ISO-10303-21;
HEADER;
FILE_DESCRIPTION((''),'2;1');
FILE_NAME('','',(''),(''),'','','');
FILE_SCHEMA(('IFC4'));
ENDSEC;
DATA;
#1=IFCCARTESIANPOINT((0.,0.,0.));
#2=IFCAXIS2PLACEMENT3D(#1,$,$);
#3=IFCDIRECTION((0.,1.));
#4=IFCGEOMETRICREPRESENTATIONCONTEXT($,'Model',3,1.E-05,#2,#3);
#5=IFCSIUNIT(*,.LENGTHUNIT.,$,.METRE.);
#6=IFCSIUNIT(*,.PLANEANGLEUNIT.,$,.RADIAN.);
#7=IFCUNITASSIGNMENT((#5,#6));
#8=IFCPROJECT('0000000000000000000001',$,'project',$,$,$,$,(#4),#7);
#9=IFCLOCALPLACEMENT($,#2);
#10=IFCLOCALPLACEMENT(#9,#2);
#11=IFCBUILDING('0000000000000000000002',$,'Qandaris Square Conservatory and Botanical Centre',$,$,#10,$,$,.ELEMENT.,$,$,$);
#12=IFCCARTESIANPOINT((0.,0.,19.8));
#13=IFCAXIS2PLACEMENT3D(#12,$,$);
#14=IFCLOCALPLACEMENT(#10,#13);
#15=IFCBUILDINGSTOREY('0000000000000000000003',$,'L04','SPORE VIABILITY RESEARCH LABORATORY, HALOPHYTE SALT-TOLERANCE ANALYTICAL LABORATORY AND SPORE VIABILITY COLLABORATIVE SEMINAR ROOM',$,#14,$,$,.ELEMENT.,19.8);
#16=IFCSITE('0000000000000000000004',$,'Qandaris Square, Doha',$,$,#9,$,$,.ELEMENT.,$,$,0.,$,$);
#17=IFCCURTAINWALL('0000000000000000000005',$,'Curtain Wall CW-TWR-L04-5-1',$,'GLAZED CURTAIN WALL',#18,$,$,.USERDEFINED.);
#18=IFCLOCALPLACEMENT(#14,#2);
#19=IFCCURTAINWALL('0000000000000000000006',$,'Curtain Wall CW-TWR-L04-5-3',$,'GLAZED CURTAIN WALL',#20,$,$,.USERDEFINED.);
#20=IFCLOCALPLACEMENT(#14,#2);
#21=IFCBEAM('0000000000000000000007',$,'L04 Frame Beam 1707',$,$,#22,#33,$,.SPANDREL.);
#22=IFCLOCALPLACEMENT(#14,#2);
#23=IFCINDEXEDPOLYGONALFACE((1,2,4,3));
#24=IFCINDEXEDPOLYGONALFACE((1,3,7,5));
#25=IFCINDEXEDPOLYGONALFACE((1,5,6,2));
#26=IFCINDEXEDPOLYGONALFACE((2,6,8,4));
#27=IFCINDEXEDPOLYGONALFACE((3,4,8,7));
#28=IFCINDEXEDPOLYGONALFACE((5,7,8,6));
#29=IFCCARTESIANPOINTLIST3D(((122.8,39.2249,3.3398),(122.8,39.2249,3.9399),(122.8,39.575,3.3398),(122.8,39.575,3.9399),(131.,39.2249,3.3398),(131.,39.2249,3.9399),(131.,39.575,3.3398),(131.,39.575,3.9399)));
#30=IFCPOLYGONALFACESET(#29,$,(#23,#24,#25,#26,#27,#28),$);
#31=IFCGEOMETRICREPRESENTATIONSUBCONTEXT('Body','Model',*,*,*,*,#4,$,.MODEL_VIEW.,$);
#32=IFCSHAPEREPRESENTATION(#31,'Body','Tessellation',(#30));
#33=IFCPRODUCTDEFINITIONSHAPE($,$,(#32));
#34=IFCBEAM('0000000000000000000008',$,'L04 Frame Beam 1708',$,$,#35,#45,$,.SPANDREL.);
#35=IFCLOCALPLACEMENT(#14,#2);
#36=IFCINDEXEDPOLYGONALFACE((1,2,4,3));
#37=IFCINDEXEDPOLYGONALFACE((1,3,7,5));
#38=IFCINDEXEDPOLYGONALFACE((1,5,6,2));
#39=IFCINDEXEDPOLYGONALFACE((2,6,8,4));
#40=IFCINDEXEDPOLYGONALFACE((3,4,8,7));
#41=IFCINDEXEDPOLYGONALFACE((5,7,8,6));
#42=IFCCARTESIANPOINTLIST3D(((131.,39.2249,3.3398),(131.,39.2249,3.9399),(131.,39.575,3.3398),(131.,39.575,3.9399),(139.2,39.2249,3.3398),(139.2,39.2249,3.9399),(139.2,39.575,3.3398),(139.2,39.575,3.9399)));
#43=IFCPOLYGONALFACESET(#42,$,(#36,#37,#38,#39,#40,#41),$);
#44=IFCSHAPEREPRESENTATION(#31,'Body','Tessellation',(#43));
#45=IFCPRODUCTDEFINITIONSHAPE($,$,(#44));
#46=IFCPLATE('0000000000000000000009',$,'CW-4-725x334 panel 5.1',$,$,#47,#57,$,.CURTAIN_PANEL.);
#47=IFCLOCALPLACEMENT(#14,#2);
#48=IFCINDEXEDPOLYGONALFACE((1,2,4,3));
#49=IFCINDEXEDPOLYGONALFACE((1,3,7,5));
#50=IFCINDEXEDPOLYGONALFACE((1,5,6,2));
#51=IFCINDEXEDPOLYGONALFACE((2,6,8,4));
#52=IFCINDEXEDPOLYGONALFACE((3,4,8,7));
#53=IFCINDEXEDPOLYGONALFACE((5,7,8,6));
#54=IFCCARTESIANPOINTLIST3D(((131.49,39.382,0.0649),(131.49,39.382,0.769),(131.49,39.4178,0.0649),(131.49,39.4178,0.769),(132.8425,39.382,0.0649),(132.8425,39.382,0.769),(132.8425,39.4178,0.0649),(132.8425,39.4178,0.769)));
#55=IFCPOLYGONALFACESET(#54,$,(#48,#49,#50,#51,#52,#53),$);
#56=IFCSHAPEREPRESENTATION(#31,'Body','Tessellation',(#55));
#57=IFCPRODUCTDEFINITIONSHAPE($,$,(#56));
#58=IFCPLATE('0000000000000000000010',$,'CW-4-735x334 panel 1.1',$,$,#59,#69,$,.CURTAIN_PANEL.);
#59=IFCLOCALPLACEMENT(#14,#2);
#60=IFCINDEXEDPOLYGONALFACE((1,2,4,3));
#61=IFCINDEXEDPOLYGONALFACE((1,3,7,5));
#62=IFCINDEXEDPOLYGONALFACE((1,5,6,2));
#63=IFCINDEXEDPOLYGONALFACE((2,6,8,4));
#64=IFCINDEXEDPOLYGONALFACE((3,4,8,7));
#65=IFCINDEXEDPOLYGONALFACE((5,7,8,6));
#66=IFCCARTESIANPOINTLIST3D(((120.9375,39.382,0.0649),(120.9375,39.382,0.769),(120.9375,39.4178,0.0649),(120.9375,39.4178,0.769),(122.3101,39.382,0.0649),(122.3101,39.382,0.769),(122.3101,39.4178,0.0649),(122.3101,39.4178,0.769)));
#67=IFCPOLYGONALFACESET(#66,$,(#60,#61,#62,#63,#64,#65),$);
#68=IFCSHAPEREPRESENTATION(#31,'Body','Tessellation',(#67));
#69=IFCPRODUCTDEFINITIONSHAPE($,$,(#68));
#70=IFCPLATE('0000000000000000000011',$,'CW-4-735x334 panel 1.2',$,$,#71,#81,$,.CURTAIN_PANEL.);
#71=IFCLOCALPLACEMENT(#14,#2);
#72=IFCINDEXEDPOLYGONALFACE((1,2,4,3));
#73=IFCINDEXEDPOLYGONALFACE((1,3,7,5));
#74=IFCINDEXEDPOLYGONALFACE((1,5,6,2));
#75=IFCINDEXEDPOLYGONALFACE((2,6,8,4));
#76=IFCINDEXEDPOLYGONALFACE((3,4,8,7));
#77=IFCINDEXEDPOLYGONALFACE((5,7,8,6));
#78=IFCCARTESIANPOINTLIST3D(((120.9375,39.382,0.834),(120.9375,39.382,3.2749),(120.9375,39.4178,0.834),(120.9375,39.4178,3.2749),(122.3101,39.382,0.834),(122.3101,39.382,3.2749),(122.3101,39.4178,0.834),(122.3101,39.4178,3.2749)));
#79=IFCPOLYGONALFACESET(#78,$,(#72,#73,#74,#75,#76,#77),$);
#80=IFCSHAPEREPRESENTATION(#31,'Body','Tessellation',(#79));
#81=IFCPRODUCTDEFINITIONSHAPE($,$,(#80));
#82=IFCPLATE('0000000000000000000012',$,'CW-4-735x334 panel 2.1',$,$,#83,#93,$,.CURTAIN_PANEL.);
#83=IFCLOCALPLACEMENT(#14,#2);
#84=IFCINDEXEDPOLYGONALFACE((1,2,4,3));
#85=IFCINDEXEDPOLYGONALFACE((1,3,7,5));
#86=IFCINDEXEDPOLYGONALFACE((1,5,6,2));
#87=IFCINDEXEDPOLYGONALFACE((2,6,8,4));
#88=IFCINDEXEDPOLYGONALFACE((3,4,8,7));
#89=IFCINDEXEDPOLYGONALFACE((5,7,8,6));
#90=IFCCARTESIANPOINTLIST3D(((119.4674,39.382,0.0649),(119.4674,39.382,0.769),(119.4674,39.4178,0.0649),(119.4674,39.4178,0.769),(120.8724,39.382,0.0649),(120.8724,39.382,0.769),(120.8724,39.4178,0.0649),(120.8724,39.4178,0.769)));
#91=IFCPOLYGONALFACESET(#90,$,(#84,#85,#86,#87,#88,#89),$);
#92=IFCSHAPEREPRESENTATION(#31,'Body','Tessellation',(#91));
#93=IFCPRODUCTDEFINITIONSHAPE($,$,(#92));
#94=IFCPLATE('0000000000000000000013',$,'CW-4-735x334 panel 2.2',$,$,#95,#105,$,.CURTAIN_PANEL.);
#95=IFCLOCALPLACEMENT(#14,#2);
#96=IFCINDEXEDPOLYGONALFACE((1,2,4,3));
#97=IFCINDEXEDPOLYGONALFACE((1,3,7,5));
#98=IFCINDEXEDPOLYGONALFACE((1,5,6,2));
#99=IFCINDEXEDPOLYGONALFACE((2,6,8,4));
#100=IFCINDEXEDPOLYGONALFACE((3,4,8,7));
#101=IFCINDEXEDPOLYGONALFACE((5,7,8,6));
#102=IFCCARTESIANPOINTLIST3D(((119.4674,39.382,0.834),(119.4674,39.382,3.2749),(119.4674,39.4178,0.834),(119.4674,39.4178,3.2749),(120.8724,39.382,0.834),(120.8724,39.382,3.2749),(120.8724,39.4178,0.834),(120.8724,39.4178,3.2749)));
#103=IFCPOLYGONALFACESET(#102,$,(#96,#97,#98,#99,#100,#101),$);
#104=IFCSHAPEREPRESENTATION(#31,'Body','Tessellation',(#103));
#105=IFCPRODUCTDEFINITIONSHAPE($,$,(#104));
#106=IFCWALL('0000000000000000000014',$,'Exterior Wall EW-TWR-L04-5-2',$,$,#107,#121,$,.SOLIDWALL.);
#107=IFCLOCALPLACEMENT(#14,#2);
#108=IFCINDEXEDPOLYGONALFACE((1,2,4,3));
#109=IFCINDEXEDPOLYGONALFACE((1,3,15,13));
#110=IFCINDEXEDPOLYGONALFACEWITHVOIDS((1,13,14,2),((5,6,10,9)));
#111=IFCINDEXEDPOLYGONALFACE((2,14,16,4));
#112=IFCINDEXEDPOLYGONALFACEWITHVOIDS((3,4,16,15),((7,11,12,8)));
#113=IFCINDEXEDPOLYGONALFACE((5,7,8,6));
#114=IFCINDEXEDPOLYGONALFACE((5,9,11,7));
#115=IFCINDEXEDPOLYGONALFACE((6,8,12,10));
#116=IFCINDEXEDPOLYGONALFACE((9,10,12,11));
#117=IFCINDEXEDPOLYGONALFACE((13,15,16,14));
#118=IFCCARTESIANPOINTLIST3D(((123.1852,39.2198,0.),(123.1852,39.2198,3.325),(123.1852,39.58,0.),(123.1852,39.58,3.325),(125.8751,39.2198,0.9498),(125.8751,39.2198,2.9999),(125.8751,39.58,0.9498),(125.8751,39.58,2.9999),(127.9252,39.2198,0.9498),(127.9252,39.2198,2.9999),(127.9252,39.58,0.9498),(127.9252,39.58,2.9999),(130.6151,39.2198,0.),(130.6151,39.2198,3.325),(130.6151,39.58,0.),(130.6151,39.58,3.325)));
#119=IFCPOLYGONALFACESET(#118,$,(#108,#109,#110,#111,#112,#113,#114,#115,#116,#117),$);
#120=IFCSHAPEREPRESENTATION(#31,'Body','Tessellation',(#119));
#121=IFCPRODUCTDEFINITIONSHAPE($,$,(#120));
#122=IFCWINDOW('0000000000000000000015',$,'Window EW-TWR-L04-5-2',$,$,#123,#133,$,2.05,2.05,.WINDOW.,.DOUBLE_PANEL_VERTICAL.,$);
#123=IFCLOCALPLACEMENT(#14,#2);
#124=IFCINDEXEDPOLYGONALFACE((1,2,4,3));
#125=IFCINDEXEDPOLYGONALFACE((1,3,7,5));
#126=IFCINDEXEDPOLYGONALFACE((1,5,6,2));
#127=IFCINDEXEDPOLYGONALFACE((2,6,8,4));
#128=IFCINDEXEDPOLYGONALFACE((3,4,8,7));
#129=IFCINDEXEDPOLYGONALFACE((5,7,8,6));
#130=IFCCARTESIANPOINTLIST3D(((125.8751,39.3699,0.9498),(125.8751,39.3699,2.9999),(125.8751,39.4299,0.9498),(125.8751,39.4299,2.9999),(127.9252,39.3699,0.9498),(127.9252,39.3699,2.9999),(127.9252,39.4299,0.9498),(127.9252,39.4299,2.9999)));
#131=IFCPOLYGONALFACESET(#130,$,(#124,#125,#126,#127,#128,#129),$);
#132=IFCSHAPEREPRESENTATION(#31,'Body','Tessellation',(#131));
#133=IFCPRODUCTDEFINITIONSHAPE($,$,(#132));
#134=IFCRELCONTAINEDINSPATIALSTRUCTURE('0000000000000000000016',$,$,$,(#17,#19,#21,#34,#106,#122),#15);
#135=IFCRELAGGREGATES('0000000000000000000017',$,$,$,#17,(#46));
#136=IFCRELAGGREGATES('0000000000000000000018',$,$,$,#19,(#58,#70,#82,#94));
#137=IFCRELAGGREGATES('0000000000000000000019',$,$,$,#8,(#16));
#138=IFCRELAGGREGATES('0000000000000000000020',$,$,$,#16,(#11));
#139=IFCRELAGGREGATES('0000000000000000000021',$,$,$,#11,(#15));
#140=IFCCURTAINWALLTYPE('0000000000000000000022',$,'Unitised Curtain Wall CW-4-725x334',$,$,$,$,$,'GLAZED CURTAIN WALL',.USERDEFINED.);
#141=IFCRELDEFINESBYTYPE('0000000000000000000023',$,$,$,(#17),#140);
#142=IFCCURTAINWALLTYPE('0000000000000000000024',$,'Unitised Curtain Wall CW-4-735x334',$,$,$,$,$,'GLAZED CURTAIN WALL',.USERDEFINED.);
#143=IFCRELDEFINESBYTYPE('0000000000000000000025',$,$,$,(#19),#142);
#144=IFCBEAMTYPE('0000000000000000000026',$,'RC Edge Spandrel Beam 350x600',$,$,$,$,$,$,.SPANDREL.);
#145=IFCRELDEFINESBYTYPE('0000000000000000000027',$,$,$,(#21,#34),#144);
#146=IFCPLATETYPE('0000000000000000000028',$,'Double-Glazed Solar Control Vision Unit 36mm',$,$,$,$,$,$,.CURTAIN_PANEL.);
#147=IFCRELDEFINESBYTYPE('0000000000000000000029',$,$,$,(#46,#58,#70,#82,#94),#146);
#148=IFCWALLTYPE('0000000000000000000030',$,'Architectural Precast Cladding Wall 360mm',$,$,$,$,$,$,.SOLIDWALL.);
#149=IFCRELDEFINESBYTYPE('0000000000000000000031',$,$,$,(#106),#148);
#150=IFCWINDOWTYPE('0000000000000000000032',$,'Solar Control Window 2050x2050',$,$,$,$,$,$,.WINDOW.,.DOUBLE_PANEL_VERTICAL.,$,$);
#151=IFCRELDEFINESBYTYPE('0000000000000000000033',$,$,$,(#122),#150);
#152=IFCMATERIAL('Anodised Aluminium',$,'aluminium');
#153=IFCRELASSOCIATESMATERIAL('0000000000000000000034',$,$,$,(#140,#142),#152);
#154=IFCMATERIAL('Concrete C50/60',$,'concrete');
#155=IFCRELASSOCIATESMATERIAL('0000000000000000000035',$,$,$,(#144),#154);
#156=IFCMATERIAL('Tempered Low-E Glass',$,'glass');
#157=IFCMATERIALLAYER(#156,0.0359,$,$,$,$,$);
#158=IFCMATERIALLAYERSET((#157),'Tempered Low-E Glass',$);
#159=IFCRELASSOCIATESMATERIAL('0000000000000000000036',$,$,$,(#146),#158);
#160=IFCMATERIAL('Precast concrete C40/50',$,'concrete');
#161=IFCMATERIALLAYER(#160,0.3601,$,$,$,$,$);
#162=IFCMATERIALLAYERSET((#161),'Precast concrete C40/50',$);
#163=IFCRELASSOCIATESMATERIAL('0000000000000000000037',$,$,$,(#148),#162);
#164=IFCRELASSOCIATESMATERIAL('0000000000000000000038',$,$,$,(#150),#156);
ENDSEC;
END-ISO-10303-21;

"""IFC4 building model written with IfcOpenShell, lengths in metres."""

from ifc_helpers import new_model, si_unit, direction, frame, frame_2d, origin, origin_2d, place, context, subcontext, project, spatial, rectangle, extrude, material, layer, layer_set, material_profile, profile_set, type_object, element, fill, aggregate, save


model = new_model("IFC4")

# Units and contexts
model_context = context("Model", 3, precision=1e-05, world=origin(), true_north=direction((0.0, 1.0)))
body_context = subcontext(model_context, "Body", "Model", "MODEL_VIEW")
ifc_project = project(units=[si_unit("LENGTHUNIT", "METRE"), si_unit("PLANEANGLEUNIT", "RADIAN")], contexts=[model_context])

# Site, building, storey
site_placement = place(None, origin())
site = spatial("IfcSite", under=ifc_project, at=site_placement, Name="Qandaris Square, Doha", CompositionType="ELEMENT", RefElevation=0.0)
building_placement = place(site_placement, origin())
building = spatial("IfcBuilding", under=site, at=building_placement, Name="Qandaris Square Conservatory and Botanical Centre", CompositionType="ELEMENT")
storey_placement = place(building_placement, frame((0.0, 0.0, 19.8)))
storey = spatial("IfcBuildingStorey", under=building, at=storey_placement, Name="L04", Description="SPORE VIABILITY RESEARCH LABORATORY, HALOPHYTE SALT-TOLERANCE ANALYTICAL LABORATORY AND SPORE VIABILITY COLLABORATIVE SEMINAR ROOM", CompositionType="ELEMENT", Elevation=19.8)

# Shared definitions
ifc_material_1 = material(Name="Concrete C50/60", Category="concrete")

# Curtain wall
ifc_material_2 = material(Name="Anodised Aluminium", Category="aluminium")
curtain_wall_type_1 = type_object("IfcCurtainWallType", Name="Unitised Curtain Wall CW-4-725x334", ElementType="GLAZED CURTAIN WALL", PredefinedType="USERDEFINED", material=ifc_material_2)
curtain_wall_1_placement = place(storey_placement, origin())
curtain_wall_1 = element("IfcCurtainWall", 1, at=curtain_wall_1_placement, inside=storey, type_object=curtain_wall_type_1, Name="Curtain Wall CW-TWR-L04-5-1", ObjectType="GLAZED CURTAIN WALL", PredefinedType="USERDEFINED")

# Curtain wall
curtain_wall_type_2 = type_object("IfcCurtainWallType", Name="Unitised Curtain Wall CW-4-735x334", ElementType="GLAZED CURTAIN WALL", PredefinedType="USERDEFINED", material=ifc_material_2)
curtain_wall_2_placement = place(storey_placement, origin())
curtain_wall_2 = element("IfcCurtainWall", 2, at=curtain_wall_2_placement, inside=storey, type_object=curtain_wall_type_2, Name="Curtain Wall CW-TWR-L04-5-3", ObjectType="GLAZED CURTAIN WALL", PredefinedType="USERDEFINED")

# Beams
ifc_material_profile_1 = material_profile(ifc_material_1, rectangle(XDim=0.3501, YDim=0.6001, at=origin_2d()), Name="RC-SP 350x600")
ifc_profile_set_1 = profile_set([ifc_material_profile_1], Name="Concrete C50/60")
beam_type_1 = type_object("IfcBeamType", Name="RC Edge Spandrel Beam 350x600", PredefinedType="SPANDREL", material=ifc_profile_set_1)
for number, where, z_axis, x_axis, name in (
    (3, (122.8, 39.3999, 3.6399), (1.0, 0.0, 0.0), (0.0, 1.0, 0.0), "L04 Frame Beam 1707"),
    (4, (131.0, 39.3999, 3.6399), (1.0, 0.0, 0.0), (0.0, 1.0, 0.0), "L04 Frame Beam 1708"),
):
    element("IfcBeam", number, at=place(storey_placement, frame(where, z_axis=z_axis, x_axis=x_axis)), inside=storey, type_object=beam_type_1, Name=name, PredefinedType="SPANDREL", context=body_context, shape_type="SweptSolid", body=[
        extrude(rectangle(XDim=0.3501, YDim=0.6001, at=origin_2d()), origin(), (0.0, 0.0, 1.0), 8.2),
    ])

# Plates
ifc_material_3 = material(Name="Tempered Low-E Glass", Category="glass")
ifc_layer_1 = layer(ifc_material_3, 0.0359)
ifc_layer_set_1 = layer_set([ifc_layer_1], Name="Tempered Low-E Glass")
plate_type = type_object("IfcPlateType", Name="Double-Glazed Solar Control Vision Unit 36mm", PredefinedType="CURTAIN_PANEL", material=ifc_layer_set_1)
plate_1_placement = place(storey_placement, frame((132.1663, 39.3999, 0.0649), z_axis=(0.0, 0.0, 1.0), x_axis=(-1.0, 0.0, 0.0)))
plate_1 = element("IfcPlate", 5, at=plate_1_placement, type_object=plate_type, Name="CW-4-725x334 panel 5.1", PredefinedType="CURTAIN_PANEL", context=body_context, shape_type="SweptSolid", body=[
    extrude(rectangle(XDim=1.3525, YDim=0.0359, at=origin_2d()), origin(), (0.0, 0.0, 1.0), 0.7041),
])
aggregate(curtain_wall_1, [plate_1])
plate_2_placement = place(storey_placement, frame((121.6238, 39.3999, 0.0649), z_axis=(0.0, 0.0, 1.0), x_axis=(-1.0, 0.0, 0.0)))
plate_2 = element("IfcPlate", 6, at=plate_2_placement, type_object=plate_type, Name="CW-4-735x334 panel 1.1", PredefinedType="CURTAIN_PANEL", context=body_context, shape_type="SweptSolid", body=[
    extrude(rectangle(XDim=1.3726, YDim=0.0359, at=origin_2d()), origin(), (0.0, 0.0, 1.0), 0.7041),
])
plate_3_placement = place(storey_placement, frame((121.6238, 39.3999, 0.834), z_axis=(0.0, 0.0, 1.0), x_axis=(-1.0, 0.0, 0.0)))
plate_3 = element("IfcPlate", 7, at=plate_3_placement, type_object=plate_type, Name="CW-4-735x334 panel 1.2", PredefinedType="CURTAIN_PANEL", context=body_context, shape_type="SweptSolid", body=[
    extrude(rectangle(XDim=1.3726, YDim=0.0359, at=origin_2d()), origin(), (0.0, 0.0, 1.0), 2.4409),
])
plate_4_placement = place(storey_placement, frame((120.1699, 39.3999, 0.0649), z_axis=(0.0, 0.0, 1.0), x_axis=(-1.0, 0.0, 0.0)))
plate_4 = element("IfcPlate", 8, at=plate_4_placement, type_object=plate_type, Name="CW-4-735x334 panel 2.1", PredefinedType="CURTAIN_PANEL", context=body_context, shape_type="SweptSolid", body=[
    extrude(rectangle(XDim=1.405, YDim=0.0359, at=origin_2d()), origin(), (0.0, 0.0, 1.0), 0.7041),
])
plate_5_placement = place(storey_placement, frame((120.1699, 39.3999, 0.834), z_axis=(0.0, 0.0, 1.0), x_axis=(-1.0, 0.0, 0.0)))
plate_5 = element("IfcPlate", 9, at=plate_5_placement, type_object=plate_type, Name="CW-4-735x334 panel 2.2", PredefinedType="CURTAIN_PANEL", context=body_context, shape_type="SweptSolid", body=[
    extrude(rectangle(XDim=1.405, YDim=0.0359, at=origin_2d()), origin(), (0.0, 0.0, 1.0), 2.4409),
])
aggregate(curtain_wall_2, [plate_2, plate_3, plate_4, plate_5])

# Wall, opening, window
ifc_material_4 = material(Name="Precast concrete C40/50", Category="concrete")
ifc_layer_2 = layer(ifc_material_4, 0.3601)
ifc_layer_set_2 = layer_set([ifc_layer_2], Name="Precast concrete C40/50")
wall_type = type_object("IfcWallType", Name="Architectural Precast Cladding Wall 360mm", PredefinedType="SOLIDWALL", material=ifc_layer_set_2)
wall_placement = place(storey_placement, frame((130.615, 39.3999, 0.0), z_axis=(0.0, 0.0, 1.0), x_axis=(-1.0, 0.0, 0.0)))
wall = element("IfcWall", 10, at=wall_placement, inside=storey, type_object=wall_type, Name="Exterior Wall EW-TWR-L04-5-2", PredefinedType="SOLIDWALL", context=body_context, shape_type="SweptSolid", body=[
    extrude(rectangle(XDim=7.4299, YDim=0.3601, at=frame_2d((3.7148, 0.0))), origin(), (0.0, 0.0, 1.0), 3.325),
])
opening_placement = place(wall_placement, frame((2.6899, 0.0, 0.95)))
opening = element("IfcOpeningElement", 11, at=opening_placement, cuts=wall, PredefinedType="OPENING", context=body_context, shape_type="SweptSolid", body=[
    extrude(rectangle(XDim=2.05, YDim=2.05, at=frame_2d((1.0249, 1.0249))), frame((0.0, 0.1919, 0.0), z_axis=(0.0, -1.0, 0.0), x_axis=(1.0, 0.0, 0.0)), (0.0, 0.0, 1.0), 0.384),
])
window_type = type_object("IfcWindowType", Name="Solar Control Window 2050x2050", PartitioningType="DOUBLE_PANEL_VERTICAL", PredefinedType="WINDOW", material=ifc_material_3)
window_placement = place(opening_placement, origin())
window = element("IfcWindow", 12, at=window_placement, inside=storey, type_object=window_type, Name="Window EW-TWR-L04-5-2", OverallHeight=2.05, OverallWidth=2.05, PartitioningType="DOUBLE_PANEL_VERTICAL", PredefinedType="WINDOW", context=body_context, shape_type="SweptSolid", body=[
    extrude(rectangle(XDim=2.05, YDim=2.05, at=frame_2d((1.0249, 1.0249))), frame((0.0, 0.03, 0.0), z_axis=(0.0, -1.0, 0.0), x_axis=(1.0, 0.0, 0.0)), (0.0, 0.0, 1.0), 0.0601),
])
fill(opening, window)

save(model, "model.ifc")
